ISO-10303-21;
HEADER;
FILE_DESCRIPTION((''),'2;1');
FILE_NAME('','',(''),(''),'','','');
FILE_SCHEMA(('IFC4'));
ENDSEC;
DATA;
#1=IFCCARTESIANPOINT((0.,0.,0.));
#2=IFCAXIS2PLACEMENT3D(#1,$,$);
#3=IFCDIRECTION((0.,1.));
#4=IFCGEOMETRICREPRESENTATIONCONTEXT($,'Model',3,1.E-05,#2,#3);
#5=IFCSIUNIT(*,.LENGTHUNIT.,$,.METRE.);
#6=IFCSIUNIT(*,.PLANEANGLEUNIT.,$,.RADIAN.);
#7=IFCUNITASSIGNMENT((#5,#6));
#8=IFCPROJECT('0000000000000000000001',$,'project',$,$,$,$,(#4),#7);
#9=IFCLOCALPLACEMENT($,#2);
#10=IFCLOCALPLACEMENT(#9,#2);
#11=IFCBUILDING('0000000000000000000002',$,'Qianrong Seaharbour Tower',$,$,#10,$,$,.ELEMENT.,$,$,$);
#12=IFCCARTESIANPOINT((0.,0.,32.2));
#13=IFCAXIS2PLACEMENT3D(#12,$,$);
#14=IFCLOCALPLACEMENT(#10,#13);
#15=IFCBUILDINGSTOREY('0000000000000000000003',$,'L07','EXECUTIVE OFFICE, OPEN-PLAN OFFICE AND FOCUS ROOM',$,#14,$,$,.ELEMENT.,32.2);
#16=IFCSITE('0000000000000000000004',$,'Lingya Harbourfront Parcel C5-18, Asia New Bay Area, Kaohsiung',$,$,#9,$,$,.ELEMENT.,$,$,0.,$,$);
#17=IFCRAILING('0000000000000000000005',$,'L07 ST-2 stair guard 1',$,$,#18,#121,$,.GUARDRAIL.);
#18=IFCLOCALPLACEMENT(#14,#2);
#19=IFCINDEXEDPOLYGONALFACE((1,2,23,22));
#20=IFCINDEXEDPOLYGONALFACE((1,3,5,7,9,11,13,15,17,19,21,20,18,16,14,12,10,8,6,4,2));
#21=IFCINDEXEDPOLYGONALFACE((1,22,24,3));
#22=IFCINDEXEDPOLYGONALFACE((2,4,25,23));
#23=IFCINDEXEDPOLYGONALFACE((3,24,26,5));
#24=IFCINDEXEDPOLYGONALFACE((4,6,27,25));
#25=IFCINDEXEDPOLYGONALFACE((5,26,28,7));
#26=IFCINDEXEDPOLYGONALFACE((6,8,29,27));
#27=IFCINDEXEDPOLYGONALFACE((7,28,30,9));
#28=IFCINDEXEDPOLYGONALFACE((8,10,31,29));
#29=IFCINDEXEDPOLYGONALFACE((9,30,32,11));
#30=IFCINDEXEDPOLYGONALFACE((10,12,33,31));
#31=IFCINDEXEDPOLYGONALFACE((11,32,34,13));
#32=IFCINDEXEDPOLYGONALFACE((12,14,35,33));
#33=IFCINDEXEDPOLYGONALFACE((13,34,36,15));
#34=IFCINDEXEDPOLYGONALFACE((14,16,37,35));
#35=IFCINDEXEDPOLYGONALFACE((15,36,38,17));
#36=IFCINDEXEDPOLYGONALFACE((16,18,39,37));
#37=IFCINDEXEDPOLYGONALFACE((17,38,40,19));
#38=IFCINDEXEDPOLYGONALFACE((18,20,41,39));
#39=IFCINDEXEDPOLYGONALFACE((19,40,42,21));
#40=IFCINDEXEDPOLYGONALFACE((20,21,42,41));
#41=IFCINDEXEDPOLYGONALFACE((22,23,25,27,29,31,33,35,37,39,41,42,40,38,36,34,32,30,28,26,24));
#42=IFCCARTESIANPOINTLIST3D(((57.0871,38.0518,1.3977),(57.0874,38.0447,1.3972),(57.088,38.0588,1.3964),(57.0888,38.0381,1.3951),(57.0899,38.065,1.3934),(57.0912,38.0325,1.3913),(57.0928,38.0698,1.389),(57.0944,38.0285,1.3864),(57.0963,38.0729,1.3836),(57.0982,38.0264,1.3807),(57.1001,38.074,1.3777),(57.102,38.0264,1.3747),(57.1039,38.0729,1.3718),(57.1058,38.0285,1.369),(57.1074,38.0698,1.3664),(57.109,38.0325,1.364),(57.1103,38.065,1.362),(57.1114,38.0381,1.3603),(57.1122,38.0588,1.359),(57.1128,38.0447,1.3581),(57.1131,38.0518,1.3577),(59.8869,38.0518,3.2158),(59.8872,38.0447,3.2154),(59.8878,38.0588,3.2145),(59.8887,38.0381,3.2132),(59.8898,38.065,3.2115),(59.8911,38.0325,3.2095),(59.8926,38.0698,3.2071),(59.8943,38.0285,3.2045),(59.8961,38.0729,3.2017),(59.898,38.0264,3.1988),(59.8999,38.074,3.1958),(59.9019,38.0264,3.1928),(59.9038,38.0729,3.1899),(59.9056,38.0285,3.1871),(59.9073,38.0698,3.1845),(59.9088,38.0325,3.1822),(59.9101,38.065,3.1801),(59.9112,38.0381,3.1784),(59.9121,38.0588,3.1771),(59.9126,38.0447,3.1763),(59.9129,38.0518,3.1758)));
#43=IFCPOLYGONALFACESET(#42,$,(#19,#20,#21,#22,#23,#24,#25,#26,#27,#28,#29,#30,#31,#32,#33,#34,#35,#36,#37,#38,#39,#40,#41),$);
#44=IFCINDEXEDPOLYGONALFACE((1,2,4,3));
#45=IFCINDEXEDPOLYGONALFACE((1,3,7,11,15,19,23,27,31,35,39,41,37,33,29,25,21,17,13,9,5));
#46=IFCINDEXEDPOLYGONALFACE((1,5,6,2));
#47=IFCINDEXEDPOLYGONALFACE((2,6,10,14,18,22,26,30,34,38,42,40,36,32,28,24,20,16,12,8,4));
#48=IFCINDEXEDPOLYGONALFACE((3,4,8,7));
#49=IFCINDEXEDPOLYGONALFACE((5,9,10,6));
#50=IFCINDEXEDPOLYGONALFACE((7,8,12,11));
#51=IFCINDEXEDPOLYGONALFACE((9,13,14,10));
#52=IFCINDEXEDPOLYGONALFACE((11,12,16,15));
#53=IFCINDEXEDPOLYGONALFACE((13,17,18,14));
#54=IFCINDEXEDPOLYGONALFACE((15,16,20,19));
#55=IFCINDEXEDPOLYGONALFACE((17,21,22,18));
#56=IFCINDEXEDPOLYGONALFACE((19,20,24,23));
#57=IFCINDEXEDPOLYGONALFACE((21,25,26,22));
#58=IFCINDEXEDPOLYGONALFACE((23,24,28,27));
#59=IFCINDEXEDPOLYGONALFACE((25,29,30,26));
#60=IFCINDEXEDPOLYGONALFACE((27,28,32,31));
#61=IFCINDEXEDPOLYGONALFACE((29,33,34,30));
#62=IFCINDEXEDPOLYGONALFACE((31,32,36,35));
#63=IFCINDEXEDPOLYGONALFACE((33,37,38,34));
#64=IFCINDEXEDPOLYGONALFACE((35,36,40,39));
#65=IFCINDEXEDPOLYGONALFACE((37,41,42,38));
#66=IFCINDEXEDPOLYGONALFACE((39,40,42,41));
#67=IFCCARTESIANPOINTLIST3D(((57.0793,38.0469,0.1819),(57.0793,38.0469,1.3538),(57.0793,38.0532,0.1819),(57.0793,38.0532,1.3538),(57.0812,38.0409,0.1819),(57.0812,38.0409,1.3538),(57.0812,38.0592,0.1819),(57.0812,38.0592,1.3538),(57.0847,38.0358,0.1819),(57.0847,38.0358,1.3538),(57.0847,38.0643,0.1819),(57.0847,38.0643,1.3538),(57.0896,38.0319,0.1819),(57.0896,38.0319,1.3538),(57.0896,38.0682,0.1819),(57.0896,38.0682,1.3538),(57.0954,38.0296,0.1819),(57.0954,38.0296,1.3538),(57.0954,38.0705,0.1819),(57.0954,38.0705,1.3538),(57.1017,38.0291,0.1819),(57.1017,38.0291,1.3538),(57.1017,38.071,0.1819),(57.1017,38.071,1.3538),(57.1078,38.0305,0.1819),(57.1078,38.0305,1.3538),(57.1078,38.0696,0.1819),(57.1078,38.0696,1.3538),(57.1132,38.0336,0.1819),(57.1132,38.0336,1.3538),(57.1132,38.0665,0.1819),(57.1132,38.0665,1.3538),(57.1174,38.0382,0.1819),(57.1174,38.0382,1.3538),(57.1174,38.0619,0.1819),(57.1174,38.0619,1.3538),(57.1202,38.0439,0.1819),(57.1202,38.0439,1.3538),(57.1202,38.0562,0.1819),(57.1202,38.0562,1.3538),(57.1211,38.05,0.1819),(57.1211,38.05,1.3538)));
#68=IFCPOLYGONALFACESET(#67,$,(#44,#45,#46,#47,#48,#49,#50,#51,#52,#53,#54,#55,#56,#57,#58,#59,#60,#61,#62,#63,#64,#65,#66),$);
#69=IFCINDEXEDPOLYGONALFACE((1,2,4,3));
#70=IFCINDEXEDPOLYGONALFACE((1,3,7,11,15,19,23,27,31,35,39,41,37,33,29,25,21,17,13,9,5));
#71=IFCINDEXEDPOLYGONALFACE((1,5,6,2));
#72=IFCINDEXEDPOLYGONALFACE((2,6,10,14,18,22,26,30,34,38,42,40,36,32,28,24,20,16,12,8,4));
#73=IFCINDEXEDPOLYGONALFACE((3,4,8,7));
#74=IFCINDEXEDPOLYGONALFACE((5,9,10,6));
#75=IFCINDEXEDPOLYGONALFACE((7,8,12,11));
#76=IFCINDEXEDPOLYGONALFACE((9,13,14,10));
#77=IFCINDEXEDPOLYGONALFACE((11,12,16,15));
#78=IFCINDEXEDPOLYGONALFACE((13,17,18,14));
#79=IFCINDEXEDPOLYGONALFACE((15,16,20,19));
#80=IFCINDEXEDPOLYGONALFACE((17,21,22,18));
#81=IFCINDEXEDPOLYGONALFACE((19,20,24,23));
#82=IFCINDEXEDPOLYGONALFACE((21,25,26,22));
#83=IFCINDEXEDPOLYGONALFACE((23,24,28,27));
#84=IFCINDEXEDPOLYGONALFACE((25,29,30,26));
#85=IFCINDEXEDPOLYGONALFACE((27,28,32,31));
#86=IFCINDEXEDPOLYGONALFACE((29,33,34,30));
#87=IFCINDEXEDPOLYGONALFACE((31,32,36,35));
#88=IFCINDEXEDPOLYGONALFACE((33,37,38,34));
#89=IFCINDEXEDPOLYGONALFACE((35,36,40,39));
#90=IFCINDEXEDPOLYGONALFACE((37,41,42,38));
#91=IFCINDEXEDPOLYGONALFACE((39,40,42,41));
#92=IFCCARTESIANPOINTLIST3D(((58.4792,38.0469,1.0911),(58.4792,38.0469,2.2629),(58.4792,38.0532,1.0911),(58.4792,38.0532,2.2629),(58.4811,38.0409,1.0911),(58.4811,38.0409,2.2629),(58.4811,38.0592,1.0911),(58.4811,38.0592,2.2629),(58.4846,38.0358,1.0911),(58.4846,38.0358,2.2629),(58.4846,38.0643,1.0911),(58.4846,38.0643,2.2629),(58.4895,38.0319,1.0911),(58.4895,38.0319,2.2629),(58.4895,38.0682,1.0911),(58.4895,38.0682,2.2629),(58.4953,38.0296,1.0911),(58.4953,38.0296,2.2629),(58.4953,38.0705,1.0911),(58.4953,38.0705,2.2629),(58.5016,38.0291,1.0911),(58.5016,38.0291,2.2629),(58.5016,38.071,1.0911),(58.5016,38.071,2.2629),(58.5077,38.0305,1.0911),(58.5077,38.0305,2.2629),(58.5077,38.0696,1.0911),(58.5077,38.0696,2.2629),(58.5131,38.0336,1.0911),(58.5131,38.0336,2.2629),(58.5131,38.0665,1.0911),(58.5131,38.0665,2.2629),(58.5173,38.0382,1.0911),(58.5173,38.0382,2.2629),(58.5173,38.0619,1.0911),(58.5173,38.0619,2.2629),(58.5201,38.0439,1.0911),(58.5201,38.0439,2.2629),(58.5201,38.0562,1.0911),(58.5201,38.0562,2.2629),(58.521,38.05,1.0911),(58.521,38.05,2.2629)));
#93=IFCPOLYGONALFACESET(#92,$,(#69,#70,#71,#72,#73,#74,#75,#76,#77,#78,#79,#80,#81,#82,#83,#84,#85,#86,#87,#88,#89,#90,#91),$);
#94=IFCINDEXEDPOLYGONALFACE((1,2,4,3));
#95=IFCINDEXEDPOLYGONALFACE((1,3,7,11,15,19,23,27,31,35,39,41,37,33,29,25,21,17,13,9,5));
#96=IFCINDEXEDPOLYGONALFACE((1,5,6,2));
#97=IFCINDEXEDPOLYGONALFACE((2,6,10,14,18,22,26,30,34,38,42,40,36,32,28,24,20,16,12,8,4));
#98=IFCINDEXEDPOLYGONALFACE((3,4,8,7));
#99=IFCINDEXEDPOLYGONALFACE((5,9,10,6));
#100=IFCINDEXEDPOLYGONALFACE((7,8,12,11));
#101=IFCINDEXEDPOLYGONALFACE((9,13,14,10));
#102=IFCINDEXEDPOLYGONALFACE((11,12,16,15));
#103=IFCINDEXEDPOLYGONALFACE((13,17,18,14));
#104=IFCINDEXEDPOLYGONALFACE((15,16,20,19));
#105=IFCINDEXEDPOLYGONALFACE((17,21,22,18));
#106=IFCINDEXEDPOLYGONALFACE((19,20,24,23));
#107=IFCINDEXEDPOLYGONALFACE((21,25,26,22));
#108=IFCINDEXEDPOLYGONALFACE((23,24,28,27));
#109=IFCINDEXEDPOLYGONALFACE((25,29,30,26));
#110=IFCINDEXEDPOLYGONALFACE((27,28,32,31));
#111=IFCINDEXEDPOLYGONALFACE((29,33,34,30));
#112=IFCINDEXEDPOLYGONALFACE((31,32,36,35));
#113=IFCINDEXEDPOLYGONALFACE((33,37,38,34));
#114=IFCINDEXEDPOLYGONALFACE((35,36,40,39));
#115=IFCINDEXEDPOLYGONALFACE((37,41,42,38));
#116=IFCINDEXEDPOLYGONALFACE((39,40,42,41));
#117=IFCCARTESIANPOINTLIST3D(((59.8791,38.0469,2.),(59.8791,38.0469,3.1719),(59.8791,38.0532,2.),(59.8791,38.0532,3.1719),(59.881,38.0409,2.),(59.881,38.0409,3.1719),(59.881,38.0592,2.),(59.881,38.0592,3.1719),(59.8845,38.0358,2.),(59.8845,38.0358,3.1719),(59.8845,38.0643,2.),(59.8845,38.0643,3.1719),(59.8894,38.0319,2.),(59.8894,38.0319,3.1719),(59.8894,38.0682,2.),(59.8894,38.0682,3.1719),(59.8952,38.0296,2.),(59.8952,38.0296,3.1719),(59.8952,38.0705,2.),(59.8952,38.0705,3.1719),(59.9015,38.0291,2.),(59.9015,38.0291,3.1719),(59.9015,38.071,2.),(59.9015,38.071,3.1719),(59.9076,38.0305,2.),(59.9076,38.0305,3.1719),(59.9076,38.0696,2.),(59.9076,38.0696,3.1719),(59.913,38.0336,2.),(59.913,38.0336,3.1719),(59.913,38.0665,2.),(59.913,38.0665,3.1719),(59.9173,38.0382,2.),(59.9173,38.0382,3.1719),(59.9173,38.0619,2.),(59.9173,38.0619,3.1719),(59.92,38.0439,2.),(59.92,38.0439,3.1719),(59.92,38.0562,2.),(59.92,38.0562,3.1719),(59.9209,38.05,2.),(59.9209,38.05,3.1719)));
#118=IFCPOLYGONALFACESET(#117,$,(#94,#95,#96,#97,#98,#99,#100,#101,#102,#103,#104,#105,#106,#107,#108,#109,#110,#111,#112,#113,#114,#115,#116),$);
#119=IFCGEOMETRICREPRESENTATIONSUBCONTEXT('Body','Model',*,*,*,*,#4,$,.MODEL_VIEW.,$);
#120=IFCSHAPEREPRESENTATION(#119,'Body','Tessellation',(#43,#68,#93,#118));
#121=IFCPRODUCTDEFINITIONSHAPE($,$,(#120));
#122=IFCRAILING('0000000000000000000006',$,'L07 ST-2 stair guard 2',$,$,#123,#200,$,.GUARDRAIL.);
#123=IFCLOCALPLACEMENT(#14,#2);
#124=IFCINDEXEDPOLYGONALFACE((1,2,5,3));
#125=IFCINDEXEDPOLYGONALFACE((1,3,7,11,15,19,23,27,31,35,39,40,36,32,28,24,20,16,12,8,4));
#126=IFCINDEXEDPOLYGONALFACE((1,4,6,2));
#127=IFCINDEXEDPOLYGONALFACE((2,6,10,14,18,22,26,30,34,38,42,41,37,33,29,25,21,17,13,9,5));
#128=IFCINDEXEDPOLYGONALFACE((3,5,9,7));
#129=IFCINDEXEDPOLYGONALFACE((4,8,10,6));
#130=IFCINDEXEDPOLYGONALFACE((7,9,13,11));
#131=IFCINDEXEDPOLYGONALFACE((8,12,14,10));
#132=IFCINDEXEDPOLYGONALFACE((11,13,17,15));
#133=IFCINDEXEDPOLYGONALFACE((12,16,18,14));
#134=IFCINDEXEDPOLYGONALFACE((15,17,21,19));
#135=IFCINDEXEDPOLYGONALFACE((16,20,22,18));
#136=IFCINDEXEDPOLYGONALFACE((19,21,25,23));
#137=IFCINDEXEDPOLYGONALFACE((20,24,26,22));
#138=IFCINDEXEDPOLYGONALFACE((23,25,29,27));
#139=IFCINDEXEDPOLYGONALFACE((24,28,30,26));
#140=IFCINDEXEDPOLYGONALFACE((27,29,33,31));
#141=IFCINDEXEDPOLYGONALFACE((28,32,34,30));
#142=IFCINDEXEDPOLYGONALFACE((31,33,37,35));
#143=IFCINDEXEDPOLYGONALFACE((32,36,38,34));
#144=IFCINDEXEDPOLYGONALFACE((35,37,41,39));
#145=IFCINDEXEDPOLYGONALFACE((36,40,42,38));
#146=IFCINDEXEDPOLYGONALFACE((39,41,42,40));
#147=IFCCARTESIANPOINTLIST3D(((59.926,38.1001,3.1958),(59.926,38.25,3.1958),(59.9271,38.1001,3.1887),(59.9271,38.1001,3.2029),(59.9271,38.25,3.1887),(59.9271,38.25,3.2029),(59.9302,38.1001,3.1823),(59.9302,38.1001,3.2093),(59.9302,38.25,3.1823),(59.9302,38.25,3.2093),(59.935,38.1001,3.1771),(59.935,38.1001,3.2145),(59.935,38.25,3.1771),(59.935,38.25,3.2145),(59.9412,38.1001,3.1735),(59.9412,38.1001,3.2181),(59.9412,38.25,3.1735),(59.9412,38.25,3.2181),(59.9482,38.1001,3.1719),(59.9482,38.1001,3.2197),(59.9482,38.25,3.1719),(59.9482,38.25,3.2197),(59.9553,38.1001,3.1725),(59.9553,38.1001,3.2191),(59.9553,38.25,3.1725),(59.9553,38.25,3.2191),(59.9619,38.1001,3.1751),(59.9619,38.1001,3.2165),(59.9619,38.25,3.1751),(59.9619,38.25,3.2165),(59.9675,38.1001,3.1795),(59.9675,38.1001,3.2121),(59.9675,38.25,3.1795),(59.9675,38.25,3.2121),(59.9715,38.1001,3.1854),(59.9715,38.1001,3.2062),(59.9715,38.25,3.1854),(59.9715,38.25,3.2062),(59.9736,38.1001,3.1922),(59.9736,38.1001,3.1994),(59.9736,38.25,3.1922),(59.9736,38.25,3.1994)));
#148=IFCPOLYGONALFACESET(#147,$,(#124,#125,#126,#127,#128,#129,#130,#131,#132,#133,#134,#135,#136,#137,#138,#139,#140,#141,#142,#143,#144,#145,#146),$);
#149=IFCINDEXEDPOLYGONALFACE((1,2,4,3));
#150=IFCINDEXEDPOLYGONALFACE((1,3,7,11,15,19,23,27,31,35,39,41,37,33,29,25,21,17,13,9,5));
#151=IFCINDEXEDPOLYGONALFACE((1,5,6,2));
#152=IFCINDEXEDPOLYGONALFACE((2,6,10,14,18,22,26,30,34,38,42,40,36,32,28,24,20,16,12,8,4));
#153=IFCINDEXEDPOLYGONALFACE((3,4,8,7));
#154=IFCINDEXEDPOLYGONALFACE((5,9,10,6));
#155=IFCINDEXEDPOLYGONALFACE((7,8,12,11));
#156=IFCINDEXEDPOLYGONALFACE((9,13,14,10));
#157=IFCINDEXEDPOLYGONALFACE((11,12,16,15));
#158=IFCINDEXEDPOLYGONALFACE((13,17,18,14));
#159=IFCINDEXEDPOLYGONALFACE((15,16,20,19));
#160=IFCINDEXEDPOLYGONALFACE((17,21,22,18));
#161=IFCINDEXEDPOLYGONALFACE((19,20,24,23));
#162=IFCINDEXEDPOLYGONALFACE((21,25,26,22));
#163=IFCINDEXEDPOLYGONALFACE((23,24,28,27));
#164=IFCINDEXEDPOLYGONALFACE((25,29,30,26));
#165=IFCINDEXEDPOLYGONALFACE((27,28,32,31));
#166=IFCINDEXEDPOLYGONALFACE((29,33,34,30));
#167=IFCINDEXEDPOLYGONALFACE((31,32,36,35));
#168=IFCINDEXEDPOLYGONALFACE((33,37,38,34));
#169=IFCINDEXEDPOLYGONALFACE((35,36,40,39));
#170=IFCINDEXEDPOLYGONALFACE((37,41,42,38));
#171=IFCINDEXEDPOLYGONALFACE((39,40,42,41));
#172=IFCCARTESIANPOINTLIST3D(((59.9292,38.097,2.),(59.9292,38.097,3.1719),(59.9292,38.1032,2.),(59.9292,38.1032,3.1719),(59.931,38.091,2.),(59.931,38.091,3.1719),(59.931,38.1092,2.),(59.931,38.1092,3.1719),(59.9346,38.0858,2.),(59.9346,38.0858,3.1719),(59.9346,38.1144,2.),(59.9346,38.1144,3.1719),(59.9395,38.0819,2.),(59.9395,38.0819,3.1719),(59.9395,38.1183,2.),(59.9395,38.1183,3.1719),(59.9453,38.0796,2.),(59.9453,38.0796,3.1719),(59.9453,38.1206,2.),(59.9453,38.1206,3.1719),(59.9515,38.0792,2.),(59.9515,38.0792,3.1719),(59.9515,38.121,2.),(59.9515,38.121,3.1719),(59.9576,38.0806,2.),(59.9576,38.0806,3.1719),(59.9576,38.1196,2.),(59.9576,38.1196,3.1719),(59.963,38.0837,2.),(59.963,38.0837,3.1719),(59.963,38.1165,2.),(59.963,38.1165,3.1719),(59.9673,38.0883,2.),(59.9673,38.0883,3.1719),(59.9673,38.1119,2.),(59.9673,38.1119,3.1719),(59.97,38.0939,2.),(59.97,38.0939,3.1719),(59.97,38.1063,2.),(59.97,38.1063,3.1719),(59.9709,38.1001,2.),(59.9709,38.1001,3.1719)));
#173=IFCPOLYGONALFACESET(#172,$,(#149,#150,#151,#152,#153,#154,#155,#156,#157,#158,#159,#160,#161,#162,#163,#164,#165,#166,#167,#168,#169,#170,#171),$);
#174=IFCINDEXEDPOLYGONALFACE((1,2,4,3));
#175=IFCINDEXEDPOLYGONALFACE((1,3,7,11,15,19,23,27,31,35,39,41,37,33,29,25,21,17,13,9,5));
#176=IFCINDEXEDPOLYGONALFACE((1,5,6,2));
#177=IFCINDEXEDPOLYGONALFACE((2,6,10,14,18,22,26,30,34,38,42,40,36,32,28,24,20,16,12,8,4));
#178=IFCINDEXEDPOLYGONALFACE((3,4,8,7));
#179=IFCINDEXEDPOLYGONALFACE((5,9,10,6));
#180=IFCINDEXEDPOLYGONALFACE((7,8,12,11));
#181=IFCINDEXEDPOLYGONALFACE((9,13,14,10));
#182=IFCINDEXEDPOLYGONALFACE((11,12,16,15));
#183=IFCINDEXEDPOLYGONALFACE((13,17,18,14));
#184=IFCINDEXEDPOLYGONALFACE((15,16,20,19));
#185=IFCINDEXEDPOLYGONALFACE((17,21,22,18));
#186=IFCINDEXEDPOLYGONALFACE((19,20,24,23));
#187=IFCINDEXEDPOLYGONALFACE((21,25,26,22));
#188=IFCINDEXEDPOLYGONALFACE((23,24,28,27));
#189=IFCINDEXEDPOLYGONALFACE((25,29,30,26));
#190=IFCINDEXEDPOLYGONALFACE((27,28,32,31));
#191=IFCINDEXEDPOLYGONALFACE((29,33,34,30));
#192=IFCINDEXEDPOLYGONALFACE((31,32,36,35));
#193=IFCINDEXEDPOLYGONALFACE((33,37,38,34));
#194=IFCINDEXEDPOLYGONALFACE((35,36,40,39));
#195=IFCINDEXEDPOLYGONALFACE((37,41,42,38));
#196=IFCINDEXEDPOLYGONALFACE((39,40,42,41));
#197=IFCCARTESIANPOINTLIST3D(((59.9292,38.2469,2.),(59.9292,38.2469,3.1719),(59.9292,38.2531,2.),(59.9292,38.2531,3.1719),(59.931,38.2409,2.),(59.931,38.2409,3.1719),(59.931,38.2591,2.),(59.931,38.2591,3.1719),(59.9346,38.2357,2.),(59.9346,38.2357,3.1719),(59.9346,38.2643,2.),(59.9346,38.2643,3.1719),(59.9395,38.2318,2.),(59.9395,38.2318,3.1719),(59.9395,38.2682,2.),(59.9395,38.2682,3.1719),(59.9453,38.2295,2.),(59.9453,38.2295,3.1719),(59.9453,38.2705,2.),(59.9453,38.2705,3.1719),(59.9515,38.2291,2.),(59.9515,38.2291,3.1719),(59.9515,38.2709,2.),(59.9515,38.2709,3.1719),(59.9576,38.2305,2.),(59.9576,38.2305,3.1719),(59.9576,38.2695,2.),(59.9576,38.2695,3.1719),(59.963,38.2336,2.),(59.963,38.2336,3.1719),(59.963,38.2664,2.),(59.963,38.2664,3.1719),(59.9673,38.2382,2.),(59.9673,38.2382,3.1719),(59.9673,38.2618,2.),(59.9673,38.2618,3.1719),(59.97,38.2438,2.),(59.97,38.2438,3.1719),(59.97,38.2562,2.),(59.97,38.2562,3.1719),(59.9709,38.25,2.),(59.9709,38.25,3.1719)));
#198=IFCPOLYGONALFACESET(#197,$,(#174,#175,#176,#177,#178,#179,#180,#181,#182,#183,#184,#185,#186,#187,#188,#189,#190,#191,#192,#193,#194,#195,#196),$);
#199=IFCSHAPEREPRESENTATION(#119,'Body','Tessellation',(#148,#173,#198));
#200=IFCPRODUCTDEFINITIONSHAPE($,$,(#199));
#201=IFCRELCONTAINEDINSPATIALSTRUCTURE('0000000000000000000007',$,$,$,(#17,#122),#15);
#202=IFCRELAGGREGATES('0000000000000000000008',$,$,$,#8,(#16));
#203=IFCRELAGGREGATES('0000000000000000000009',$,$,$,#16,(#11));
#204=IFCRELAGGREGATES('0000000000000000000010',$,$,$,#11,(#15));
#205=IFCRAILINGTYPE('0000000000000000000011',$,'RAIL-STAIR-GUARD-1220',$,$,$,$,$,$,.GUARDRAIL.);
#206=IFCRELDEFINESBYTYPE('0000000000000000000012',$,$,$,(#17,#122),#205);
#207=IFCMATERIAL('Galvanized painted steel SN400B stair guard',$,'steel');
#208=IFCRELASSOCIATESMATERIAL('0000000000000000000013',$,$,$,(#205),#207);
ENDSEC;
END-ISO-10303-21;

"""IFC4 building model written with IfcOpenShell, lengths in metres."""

from ifc_helpers import new_model, si_unit, direction, frame, origin, origin_2d, place, context, subcontext, project, spatial, circle, extrude, material, type_object, element, save


model = new_model("IFC4")

# Units and contexts
model_context = context("Model", 3, precision=1e-05, world=origin(), true_north=direction((0.0, 1.0)))
body_context = subcontext(model_context, "Body", "Model", "MODEL_VIEW")
ifc_project = project(units=[si_unit("LENGTHUNIT", "METRE"), si_unit("PLANEANGLEUNIT", "RADIAN")], contexts=[model_context])

# Site, building, storey
site_placement = place(None, origin())
site = spatial("IfcSite", under=ifc_project, at=site_placement, Name="Lingya Harbourfront Parcel C5-18, Asia New Bay Area, Kaohsiung", CompositionType="ELEMENT", RefElevation=0.0)
building_placement = place(site_placement, origin())
building = spatial("IfcBuilding", under=site, at=building_placement, Name="Qianrong Seaharbour Tower", CompositionType="ELEMENT")
storey_placement = place(building_placement, frame((0.0, 0.0, 32.2)))
storey = spatial("IfcBuildingStorey", under=building, at=storey_placement, Name="L07", Description="EXECUTIVE OFFICE, OPEN-PLAN OFFICE AND FOCUS ROOM", CompositionType="ELEMENT", Elevation=32.2)

# Railings
ifc_material_1 = material(Name="Galvanized painted steel SN400B stair guard", Category="steel")
railing_type_1 = type_object("IfcRailingType", Name="RAIL-STAIR-GUARD-1220", PredefinedType="GUARDRAIL", material=ifc_material_1)
railing_1_placement = place(storey_placement, frame((57.1001, 38.05, 0.1819)))
element("IfcRailing", 1, at=railing_1_placement, inside=storey, type_object=railing_type_1, Name="L07 ST-2 stair guard 1", PredefinedType="GUARDRAIL", context=body_context, shape_type="SweptSolid", body=[
    extrude(circle(Radius=0.0239, at=origin_2d()), frame((0.0, 0.0, 1.1958), z_axis=(0.838684, 0.0, 0.544618), x_axis=(0.0, 1.0, 0.0)), (0.0, 0.0, 1.0), 3.3384),
    extrude(circle(Radius=0.021, at=origin_2d()), origin(), (0.0, 0.0, 1.0), 1.1719),
    extrude(circle(Radius=0.021, at=origin_2d()), frame((1.3999, 0.0, 0.9092)), (0.0, 0.0, 1.0), 1.1719),
    extrude(circle(Radius=0.021, at=origin_2d()), frame((2.7998, 0.0, 1.8181)), (0.0, 0.0, 1.0), 1.1719),
])
railing_2_placement = place(storey_placement, frame((59.95, 38.1001, 2.0)))
element("IfcRailing", 2, at=railing_2_placement, inside=storey, type_object=railing_type_1, Name="L07 ST-2 stair guard 2", PredefinedType="GUARDRAIL", context=body_context, shape_type="SweptSolid", body=[
    extrude(circle(Radius=0.0239, at=origin_2d()), frame((0.0, 0.0, 1.1958), z_axis=(0.0, 1.0, 0.0), x_axis=(-1.0, 0.0, 0.0)), (0.0, 0.0, 1.0), 0.1499),
    extrude(circle(Radius=0.021, at=origin_2d()), origin(), (0.0, 0.0, 1.0), 1.1719),
    extrude(circle(Radius=0.021, at=origin_2d()), frame((0.0, 0.1499, 0.0)), (0.0, 0.0, 1.0), 1.1719),
])

save(model, "model.ifc")
